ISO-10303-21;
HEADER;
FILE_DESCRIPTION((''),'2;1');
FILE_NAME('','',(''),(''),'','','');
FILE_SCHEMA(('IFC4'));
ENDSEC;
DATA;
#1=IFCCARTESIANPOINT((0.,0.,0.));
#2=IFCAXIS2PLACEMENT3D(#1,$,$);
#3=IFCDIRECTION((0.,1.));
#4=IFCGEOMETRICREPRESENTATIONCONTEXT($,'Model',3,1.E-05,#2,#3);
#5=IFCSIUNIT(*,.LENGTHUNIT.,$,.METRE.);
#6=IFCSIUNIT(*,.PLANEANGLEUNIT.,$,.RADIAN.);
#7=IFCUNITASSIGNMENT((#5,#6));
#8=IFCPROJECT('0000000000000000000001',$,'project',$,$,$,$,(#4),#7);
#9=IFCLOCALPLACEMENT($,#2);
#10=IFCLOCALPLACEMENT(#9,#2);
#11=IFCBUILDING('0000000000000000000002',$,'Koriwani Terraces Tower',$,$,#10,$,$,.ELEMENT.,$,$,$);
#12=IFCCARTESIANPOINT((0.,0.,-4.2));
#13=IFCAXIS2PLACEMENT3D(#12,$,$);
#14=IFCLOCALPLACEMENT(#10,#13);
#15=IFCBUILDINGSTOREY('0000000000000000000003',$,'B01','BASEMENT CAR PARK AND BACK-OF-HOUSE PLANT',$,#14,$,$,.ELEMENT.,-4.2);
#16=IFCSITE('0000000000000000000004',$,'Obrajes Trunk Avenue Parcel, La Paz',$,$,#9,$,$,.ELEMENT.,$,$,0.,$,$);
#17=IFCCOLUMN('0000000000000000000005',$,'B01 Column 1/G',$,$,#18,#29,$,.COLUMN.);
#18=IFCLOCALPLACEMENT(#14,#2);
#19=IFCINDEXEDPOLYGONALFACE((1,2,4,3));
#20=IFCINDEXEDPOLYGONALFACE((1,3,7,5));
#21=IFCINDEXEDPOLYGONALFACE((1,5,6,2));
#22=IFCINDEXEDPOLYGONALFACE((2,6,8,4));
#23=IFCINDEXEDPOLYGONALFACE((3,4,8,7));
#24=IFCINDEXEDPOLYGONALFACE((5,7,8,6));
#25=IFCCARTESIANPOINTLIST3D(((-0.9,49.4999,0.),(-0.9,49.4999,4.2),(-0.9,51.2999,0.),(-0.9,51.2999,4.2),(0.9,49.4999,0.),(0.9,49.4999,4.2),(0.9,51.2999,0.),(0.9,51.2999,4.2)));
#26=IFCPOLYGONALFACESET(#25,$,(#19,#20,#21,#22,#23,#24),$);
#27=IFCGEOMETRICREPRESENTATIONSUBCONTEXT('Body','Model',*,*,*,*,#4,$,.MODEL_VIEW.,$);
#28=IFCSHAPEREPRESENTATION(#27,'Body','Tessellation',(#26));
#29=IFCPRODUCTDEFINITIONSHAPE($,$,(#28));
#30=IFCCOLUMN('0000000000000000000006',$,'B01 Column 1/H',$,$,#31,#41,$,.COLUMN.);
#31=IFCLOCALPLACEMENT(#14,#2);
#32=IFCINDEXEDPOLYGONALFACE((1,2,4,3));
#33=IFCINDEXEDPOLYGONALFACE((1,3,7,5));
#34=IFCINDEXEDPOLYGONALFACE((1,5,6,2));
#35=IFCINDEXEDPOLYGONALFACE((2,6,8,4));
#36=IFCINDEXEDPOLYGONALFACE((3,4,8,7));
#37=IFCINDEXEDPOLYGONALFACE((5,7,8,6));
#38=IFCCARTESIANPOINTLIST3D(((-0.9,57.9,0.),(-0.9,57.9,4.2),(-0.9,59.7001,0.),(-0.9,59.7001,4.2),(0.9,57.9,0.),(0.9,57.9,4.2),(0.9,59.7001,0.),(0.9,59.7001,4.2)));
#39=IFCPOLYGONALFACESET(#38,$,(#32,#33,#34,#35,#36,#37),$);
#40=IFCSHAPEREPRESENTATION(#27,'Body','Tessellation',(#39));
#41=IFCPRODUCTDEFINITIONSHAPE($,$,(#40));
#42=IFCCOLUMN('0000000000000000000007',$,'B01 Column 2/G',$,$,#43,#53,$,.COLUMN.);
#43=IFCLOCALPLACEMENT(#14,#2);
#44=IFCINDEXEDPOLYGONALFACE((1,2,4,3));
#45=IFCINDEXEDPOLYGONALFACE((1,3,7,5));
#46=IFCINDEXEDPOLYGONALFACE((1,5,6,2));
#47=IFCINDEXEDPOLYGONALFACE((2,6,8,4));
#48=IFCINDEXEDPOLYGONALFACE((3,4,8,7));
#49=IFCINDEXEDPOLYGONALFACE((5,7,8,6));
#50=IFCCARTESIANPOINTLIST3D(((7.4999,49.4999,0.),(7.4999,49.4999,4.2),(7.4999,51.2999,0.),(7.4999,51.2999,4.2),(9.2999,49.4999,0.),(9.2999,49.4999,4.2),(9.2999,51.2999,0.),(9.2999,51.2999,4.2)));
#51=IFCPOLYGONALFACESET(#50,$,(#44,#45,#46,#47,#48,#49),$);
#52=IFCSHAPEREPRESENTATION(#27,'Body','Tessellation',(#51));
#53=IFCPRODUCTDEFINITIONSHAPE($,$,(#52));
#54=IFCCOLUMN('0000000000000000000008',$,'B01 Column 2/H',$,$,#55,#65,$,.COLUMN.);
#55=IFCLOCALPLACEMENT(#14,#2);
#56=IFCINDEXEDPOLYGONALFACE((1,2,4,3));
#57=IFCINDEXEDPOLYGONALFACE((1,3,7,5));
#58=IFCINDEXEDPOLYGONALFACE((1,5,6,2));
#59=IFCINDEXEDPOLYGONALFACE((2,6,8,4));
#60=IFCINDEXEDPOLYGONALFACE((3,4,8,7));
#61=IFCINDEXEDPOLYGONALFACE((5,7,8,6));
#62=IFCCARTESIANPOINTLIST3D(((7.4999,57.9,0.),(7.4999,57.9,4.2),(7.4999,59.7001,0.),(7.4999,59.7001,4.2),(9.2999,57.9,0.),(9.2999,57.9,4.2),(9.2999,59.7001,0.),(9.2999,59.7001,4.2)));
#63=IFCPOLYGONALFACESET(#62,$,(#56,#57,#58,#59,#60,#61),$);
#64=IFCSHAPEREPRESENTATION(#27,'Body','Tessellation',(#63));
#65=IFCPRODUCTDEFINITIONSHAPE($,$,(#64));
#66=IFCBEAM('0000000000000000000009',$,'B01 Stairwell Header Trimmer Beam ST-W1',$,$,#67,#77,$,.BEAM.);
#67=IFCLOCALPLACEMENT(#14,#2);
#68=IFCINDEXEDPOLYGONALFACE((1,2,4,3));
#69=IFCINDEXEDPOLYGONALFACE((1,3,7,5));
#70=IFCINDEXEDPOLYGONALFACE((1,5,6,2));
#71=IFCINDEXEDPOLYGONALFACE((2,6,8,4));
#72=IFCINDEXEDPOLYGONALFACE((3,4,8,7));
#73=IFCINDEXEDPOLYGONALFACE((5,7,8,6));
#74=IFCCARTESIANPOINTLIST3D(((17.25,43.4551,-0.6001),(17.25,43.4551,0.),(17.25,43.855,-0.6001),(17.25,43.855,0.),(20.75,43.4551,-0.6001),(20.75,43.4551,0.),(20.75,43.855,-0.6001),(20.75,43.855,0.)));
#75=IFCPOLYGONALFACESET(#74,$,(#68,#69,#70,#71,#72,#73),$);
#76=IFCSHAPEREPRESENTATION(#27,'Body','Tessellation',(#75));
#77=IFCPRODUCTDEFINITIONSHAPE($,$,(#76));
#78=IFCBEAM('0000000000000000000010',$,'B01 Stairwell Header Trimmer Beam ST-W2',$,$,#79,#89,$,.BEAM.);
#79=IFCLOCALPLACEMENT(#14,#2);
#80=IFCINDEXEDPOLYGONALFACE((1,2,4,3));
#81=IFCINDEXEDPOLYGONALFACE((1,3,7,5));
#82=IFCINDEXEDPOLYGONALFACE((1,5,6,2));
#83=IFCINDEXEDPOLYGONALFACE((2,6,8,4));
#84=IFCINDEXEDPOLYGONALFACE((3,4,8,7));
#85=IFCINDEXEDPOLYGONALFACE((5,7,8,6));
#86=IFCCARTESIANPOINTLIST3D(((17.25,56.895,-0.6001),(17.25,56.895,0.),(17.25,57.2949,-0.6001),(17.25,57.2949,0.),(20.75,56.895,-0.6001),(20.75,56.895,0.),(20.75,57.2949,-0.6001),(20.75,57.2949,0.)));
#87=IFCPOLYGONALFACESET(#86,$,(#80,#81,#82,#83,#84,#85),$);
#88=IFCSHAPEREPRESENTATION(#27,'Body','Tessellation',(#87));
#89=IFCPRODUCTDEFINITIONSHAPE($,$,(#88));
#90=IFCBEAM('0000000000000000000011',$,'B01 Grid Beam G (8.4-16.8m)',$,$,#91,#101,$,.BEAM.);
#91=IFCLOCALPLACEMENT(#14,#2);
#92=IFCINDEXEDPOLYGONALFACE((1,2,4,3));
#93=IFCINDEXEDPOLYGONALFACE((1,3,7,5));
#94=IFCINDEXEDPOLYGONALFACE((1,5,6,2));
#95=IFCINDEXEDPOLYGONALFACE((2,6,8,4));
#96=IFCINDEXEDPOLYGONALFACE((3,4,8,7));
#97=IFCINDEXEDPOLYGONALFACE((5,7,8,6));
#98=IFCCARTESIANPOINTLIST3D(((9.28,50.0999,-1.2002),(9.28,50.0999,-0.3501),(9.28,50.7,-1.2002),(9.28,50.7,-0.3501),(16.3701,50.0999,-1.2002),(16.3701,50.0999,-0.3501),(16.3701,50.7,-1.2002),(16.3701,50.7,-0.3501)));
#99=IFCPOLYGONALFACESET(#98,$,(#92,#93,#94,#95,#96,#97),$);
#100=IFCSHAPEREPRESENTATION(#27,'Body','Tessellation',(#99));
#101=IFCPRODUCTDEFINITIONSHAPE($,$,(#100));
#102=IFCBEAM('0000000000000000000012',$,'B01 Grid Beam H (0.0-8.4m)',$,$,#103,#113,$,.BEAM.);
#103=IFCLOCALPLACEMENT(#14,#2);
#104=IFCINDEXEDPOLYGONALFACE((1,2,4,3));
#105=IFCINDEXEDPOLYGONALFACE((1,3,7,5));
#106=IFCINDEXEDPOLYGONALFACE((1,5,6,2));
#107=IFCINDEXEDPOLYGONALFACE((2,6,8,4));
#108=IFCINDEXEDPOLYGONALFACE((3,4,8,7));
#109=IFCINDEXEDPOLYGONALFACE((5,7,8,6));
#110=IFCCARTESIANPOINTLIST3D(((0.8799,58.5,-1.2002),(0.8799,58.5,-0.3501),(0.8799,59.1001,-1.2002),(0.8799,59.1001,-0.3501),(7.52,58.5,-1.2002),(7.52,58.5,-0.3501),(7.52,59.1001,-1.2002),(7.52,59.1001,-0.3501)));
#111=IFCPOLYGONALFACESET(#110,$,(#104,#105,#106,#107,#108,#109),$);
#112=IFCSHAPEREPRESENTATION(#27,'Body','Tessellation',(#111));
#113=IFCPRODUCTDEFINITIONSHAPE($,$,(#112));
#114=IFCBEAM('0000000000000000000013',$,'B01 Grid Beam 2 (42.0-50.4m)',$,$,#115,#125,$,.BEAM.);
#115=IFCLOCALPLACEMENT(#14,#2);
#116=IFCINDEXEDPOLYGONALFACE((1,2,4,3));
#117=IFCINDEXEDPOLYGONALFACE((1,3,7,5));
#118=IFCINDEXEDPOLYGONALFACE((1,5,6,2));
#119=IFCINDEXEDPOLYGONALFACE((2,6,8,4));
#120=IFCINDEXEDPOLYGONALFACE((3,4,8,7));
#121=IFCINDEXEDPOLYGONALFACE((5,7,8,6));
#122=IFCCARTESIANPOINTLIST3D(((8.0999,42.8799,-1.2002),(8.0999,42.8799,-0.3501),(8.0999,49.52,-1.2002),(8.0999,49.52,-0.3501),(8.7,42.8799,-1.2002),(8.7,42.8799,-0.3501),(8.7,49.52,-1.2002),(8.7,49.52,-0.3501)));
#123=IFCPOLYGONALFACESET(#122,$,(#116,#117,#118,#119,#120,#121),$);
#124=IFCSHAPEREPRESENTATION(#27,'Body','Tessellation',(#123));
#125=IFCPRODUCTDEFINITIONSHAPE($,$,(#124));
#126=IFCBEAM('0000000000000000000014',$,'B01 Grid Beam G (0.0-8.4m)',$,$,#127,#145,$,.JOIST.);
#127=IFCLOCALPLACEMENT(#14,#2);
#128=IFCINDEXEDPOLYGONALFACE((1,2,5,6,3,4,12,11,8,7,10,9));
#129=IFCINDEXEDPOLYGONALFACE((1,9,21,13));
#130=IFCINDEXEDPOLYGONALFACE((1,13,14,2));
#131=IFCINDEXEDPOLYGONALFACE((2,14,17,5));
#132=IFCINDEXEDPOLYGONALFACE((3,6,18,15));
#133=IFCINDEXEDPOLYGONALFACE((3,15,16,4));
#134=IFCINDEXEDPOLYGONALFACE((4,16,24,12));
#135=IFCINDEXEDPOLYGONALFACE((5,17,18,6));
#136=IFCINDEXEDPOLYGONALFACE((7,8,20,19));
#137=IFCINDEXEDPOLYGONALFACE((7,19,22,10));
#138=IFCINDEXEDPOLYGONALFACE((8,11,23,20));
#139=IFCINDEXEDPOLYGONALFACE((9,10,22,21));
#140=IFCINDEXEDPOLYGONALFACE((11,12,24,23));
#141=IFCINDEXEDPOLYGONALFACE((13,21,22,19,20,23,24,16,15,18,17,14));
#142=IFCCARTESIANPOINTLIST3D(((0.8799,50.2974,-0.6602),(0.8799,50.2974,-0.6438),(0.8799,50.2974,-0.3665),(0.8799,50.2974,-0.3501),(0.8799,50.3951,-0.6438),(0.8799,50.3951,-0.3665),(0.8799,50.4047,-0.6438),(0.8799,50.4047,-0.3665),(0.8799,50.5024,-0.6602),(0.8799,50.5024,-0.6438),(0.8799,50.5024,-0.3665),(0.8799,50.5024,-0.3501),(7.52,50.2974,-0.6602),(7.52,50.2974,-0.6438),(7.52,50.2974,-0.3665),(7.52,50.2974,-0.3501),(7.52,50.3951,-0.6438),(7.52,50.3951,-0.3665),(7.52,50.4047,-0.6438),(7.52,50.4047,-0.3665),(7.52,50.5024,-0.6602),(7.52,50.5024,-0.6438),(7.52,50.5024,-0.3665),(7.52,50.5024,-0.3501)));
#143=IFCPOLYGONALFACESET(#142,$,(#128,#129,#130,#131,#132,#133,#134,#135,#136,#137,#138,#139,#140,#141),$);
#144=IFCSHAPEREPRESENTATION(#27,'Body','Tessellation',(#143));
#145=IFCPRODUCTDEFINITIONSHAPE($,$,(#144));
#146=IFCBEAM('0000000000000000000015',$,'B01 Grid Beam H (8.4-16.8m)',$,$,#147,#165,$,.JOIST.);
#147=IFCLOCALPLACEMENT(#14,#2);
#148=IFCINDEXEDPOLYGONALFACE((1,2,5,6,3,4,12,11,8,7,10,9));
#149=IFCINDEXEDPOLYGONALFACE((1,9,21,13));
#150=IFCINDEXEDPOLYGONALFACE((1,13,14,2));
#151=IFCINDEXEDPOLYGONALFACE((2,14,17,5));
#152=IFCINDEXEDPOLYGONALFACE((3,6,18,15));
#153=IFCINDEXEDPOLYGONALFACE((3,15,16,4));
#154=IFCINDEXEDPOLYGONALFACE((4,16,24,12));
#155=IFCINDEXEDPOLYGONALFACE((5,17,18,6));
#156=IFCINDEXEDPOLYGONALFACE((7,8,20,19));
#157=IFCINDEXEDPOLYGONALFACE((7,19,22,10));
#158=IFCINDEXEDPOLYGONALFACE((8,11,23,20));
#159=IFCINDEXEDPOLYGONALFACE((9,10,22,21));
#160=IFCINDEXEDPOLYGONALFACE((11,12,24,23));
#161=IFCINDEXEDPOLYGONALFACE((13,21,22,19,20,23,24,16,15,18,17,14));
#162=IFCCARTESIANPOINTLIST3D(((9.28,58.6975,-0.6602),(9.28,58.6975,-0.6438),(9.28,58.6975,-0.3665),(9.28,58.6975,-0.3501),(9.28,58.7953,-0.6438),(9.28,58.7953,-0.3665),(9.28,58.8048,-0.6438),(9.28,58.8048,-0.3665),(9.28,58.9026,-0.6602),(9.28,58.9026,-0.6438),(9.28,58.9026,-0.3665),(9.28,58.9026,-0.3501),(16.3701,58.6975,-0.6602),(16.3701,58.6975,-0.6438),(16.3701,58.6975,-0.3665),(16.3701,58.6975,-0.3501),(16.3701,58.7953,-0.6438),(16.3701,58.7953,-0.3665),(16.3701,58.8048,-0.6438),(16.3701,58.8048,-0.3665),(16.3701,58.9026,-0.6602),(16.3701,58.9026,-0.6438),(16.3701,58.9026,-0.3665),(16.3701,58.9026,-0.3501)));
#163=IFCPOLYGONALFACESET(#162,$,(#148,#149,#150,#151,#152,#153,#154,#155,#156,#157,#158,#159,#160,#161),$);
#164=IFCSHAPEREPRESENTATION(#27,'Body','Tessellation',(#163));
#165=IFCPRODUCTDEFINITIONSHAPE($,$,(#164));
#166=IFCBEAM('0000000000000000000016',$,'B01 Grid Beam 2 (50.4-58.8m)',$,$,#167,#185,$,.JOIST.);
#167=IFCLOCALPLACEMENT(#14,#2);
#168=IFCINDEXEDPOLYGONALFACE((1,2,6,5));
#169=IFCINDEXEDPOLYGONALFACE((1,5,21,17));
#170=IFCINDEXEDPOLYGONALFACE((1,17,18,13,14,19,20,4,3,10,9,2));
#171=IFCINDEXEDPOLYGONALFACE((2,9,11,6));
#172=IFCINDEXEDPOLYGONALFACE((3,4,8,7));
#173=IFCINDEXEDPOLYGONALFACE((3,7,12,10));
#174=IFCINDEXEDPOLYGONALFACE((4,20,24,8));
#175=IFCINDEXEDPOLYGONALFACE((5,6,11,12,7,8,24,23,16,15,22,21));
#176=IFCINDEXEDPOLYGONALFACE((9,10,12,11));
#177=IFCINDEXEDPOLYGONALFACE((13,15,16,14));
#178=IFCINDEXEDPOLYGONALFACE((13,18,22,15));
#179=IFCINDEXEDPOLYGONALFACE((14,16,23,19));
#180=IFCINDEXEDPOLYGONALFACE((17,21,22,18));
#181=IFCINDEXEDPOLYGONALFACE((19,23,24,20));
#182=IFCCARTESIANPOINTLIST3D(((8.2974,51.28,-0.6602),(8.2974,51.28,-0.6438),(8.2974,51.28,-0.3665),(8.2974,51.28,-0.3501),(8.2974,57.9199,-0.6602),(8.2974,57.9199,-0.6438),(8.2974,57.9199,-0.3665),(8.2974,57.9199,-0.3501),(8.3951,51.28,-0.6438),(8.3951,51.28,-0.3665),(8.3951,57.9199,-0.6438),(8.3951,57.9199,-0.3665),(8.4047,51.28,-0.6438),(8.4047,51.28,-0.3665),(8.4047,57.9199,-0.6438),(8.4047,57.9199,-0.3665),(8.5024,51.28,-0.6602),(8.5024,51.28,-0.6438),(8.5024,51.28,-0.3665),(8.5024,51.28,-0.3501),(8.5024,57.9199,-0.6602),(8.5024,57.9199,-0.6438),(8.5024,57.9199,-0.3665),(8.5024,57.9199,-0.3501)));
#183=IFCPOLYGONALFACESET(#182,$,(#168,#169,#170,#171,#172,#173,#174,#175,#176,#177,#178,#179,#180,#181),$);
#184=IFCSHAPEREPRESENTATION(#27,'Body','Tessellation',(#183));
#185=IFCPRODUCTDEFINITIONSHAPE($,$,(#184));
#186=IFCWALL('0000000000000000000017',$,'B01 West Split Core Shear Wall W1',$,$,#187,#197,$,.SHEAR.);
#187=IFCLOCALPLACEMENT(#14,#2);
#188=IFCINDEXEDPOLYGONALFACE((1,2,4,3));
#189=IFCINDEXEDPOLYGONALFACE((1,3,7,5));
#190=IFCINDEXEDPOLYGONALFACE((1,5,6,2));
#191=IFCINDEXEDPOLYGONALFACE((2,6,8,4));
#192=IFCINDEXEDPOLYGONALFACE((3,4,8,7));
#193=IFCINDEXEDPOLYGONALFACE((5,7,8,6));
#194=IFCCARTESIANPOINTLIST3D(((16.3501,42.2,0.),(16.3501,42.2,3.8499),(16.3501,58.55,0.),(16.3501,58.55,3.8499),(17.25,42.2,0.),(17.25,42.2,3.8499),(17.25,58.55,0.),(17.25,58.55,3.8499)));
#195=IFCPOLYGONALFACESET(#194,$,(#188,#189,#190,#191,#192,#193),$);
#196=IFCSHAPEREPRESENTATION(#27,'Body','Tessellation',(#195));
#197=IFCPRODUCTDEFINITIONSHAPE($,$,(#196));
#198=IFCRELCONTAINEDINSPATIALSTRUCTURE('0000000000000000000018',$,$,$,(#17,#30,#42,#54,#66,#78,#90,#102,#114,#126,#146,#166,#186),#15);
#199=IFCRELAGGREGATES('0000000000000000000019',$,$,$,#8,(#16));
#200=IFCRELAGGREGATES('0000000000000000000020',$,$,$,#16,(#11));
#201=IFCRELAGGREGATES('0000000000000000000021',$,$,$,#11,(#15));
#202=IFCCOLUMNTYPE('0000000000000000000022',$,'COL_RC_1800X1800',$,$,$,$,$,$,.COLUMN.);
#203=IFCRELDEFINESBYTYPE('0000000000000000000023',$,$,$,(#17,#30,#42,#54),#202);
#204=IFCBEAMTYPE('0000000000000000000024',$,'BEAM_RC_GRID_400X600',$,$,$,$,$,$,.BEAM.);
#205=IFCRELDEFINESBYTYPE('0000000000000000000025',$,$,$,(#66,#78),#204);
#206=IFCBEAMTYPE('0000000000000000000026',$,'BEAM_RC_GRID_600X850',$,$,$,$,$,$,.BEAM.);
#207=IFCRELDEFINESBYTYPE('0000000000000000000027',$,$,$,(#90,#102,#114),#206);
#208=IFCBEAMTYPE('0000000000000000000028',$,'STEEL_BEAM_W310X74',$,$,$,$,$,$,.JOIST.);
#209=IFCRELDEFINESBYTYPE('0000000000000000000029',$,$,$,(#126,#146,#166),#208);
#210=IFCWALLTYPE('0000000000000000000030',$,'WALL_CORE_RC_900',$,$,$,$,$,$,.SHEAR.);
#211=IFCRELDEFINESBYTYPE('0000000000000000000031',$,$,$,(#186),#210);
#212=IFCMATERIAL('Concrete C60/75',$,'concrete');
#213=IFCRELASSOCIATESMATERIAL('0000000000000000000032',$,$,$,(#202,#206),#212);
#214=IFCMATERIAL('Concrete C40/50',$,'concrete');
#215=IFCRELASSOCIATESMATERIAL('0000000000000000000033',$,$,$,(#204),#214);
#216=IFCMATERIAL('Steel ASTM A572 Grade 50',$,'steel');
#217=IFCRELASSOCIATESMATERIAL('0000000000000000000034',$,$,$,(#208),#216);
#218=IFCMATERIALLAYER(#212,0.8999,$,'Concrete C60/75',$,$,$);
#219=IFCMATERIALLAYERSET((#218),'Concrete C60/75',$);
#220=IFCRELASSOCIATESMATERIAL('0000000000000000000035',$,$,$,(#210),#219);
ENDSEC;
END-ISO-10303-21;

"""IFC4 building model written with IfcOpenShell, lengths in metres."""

from ifc_helpers import new_model, si_unit, direction, frame, frame_2d, origin, origin_2d, place, context, subcontext, project, spatial, rectangle, i_section, extrude, material, layer, layer_set, material_profile, profile_set, type_object, element, save


model = new_model("IFC4")

# Units and contexts
model_context = context("Model", 3, precision=1e-05, world=origin(), true_north=direction((0.0, 1.0)))
body_context = subcontext(model_context, "Body", "Model", "MODEL_VIEW")
ifc_project = project(units=[si_unit("LENGTHUNIT", "METRE"), si_unit("PLANEANGLEUNIT", "RADIAN")], contexts=[model_context])

# Site, building, storey
site_placement = place(None, origin())
site = spatial("IfcSite", under=ifc_project, at=site_placement, Name="Obrajes Trunk Avenue Parcel, La Paz", CompositionType="ELEMENT", RefElevation=0.0)
building_placement = place(site_placement, origin())
building = spatial("IfcBuilding", under=site, at=building_placement, Name="Koriwani Terraces Tower", CompositionType="ELEMENT")
storey_placement = place(building_placement, frame((0.0, 0.0, -4.2)))
storey = spatial("IfcBuildingStorey", under=building, at=storey_placement, Name="B01", Description="BASEMENT CAR PARK AND BACK-OF-HOUSE PLANT", CompositionType="ELEMENT", Elevation=-4.2)

# Columns
ifc_material_1 = material(Name="Concrete C60/75", Category="concrete")
ifc_material_profile_1 = material_profile(ifc_material_1, rectangle(XDim=1.8, YDim=1.8, at=origin_2d()), Name="Concrete C60/75", Category="LoadBearing")
ifc_profile_set_1 = profile_set([ifc_material_profile_1], Name="Concrete C60/75")
column_type = type_object("IfcColumnType", Name="COL_RC_1800X1800", PredefinedType="COLUMN", material=ifc_profile_set_1)
for number, where, z_axis, x_axis, name in (
    (1, (0.0, 50.3999, 0.0), (0.0, 0.0, 1.0), (1.0, 0.0, 0.0), "B01 Column 1/G"),
    (2, (0.0, 58.8, 0.0), (0.0, 0.0, 1.0), (1.0, 0.0, 0.0), "B01 Column 1/H"),
    (3, (8.3999, 50.3999, 0.0), (0.0, 0.0, 1.0), (1.0, 0.0, 0.0), "B01 Column 2/G"),
    (4, (8.3999, 58.8, 0.0), (0.0, 0.0, 1.0), (1.0, 0.0, 0.0), "B01 Column 2/H"),
):
    element("IfcColumn", number, at=place(storey_placement, frame(where, z_axis=z_axis, x_axis=x_axis)), inside=storey, type_object=column_type, Name=name, PredefinedType="COLUMN", context=body_context, shape_type="SweptSolid", body=[
        extrude(rectangle(XDim=1.8, YDim=1.8, at=origin_2d()), origin(), (0.0, 0.0, 1.0), 4.2),
    ])

# Beams
ifc_material_2 = material(Name="Concrete C40/50", Category="concrete")
ifc_material_profile_2 = material_profile(ifc_material_2, rectangle(XDim=0.3999, YDim=0.6001, at=origin_2d()), Name="Concrete C40/50", Category="LoadBearing")
ifc_profile_set_2 = profile_set([ifc_material_profile_2], Name="Concrete C40/50")
beam_type_1 = type_object("IfcBeamType", Name="BEAM_RC_GRID_400X600", PredefinedType="BEAM", material=ifc_profile_set_2)
for number, where, z_axis, x_axis, name in (
    (5, (17.25, 43.655, -0.3), (1.0, 0.0, 0.0), (0.0, 1.0, 0.0), "B01 Stairwell Header Trimmer Beam ST-W1"),
    (6, (17.25, 57.095, -0.3), (1.0, 0.0, 0.0), (0.0, 1.0, 0.0), "B01 Stairwell Header Trimmer Beam ST-W2"),
):
    element("IfcBeam", number, at=place(storey_placement, frame(where, z_axis=z_axis, x_axis=x_axis)), inside=storey, type_object=beam_type_1, Name=name, PredefinedType="BEAM", context=body_context, shape_type="SweptSolid", body=[
        extrude(rectangle(XDim=0.3999, YDim=0.6001, at=origin_2d()), origin(), (0.0, 0.0, 1.0), 3.5),
    ])
ifc_material_profile_3 = material_profile(ifc_material_1, rectangle(XDim=0.6001, YDim=0.8501, at=origin_2d()), Name="Concrete C60/75", Category="LoadBearing")
ifc_profile_set_3 = profile_set([ifc_material_profile_3], Name="Concrete C60/75")
beam_type_2 = type_object("IfcBeamType", Name="BEAM_RC_GRID_600X850", PredefinedType="BEAM", material=ifc_profile_set_3)
beam_1_placement = place(storey_placement, frame((9.28, 50.3999, -0.7751), z_axis=(1.0, 0.0, 0.0), x_axis=(0.0, 1.0, 0.0)))
element("IfcBeam", 7, at=beam_1_placement, inside=storey, type_object=beam_type_2, Name="B01 Grid Beam G (8.4-16.8m)", PredefinedType="BEAM", context=body_context, shape_type="SweptSolid", body=[
    extrude(rectangle(XDim=0.6001, YDim=0.8501, at=origin_2d()), origin(), (0.0, 0.0, 1.0), 7.0901),
])
for number, where, z_axis, x_axis, name in (
    (8, (0.8799, 58.8, -0.7751), (1.0, 0.0, 0.0), (0.0, 1.0, 0.0), "B01 Grid Beam H (0.0-8.4m)"),
    (9, (8.3999, 42.8799, -0.7751), (0.0, 1.0, 0.0), (-1.0, 0.0, 0.0), "B01 Grid Beam 2 (42.0-50.4m)"),
):
    element("IfcBeam", number, at=place(storey_placement, frame(where, z_axis=z_axis, x_axis=x_axis)), inside=storey, type_object=beam_type_2, Name=name, PredefinedType="BEAM", context=body_context, shape_type="SweptSolid", body=[
        extrude(rectangle(XDim=0.6001, YDim=0.8501, at=origin_2d()), origin(), (0.0, 0.0, 1.0), 6.6401),
    ])
ifc_material_3 = material(Name="Steel ASTM A572 Grade 50", Category="steel")
ifc_material_profile_4 = material_profile(ifc_material_3, i_section(OverallWidth=0.2051, OverallDepth=0.3101, WebThickness=0.0095, FlangeThickness=0.0164, at=origin_2d()), Name="Steel ASTM A572 Grade 50", Category="LoadBearing")
ifc_profile_set_4 = profile_set([ifc_material_profile_4], Name="Steel ASTM A572 Grade 50")
beam_type_3 = type_object("IfcBeamType", Name="STEEL_BEAM_W310X74", PredefinedType="JOIST", material=ifc_profile_set_4)
beam_2_placement = place(storey_placement, frame((0.8799, 50.3999, -0.5051), z_axis=(1.0, 0.0, 0.0), x_axis=(0.0, 1.0, 0.0)))
element("IfcBeam", 10, at=beam_2_placement, inside=storey, type_object=beam_type_3, Name="B01 Grid Beam G (0.0-8.4m)", PredefinedType="JOIST", context=body_context, shape_type="SweptSolid", body=[
    extrude(i_section(OverallWidth=0.2051, OverallDepth=0.3101, WebThickness=0.0095, FlangeThickness=0.0164, at=origin_2d()), origin(), (0.0, 0.0, 1.0), 6.6401),
])
beam_3_placement = place(storey_placement, frame((9.28, 58.8, -0.5051), z_axis=(1.0, 0.0, 0.0), x_axis=(0.0, 1.0, 0.0)))
element("IfcBeam", 11, at=beam_3_placement, inside=storey, type_object=beam_type_3, Name="B01 Grid Beam H (8.4-16.8m)", PredefinedType="JOIST", context=body_context, shape_type="SweptSolid", body=[
    extrude(i_section(OverallWidth=0.2051, OverallDepth=0.3101, WebThickness=0.0095, FlangeThickness=0.0164, at=origin_2d()), origin(), (0.0, 0.0, 1.0), 7.0901),
])
beam_4_placement = place(storey_placement, frame((8.3999, 51.28, -0.5051), z_axis=(0.0, 1.0, 0.0), x_axis=(-1.0, 0.0, 0.0)))
element("IfcBeam", 12, at=beam_4_placement, inside=storey, type_object=beam_type_3, Name="B01 Grid Beam 2 (50.4-58.8m)", PredefinedType="JOIST", context=body_context, shape_type="SweptSolid", body=[
    extrude(i_section(OverallWidth=0.2051, OverallDepth=0.3101, WebThickness=0.0095, FlangeThickness=0.0164, at=origin_2d()), origin(), (0.0, 0.0, 1.0), 6.6399),
])

# Wall
ifc_layer_1 = layer(ifc_material_1, 0.8999, Name="Concrete C60/75")
ifc_layer_set_1 = layer_set([ifc_layer_1], Name="Concrete C60/75")
wall_type_1 = type_object("IfcWallType", Name="WALL_CORE_RC_900", PredefinedType="SHEAR", material=ifc_layer_set_1)
wall_1_placement = place(storey_placement, frame((16.8, 42.2, 0.0), z_axis=(0.0, 0.0, 1.0), x_axis=(0.0, 1.0, 0.0)))
element("IfcWall", 13, at=wall_1_placement, inside=storey, type_object=wall_type_1, Name="B01 West Split Core Shear Wall W1", PredefinedType="SHEAR", context=body_context, shape_type="SweptSolid", body=[
    extrude(rectangle(XDim=16.3501, YDim=0.8999, at=frame_2d((8.175, 0.0))), origin(), (0.0, 0.0, 1.0), 3.8499),
])

save(model, "model.ifc")
